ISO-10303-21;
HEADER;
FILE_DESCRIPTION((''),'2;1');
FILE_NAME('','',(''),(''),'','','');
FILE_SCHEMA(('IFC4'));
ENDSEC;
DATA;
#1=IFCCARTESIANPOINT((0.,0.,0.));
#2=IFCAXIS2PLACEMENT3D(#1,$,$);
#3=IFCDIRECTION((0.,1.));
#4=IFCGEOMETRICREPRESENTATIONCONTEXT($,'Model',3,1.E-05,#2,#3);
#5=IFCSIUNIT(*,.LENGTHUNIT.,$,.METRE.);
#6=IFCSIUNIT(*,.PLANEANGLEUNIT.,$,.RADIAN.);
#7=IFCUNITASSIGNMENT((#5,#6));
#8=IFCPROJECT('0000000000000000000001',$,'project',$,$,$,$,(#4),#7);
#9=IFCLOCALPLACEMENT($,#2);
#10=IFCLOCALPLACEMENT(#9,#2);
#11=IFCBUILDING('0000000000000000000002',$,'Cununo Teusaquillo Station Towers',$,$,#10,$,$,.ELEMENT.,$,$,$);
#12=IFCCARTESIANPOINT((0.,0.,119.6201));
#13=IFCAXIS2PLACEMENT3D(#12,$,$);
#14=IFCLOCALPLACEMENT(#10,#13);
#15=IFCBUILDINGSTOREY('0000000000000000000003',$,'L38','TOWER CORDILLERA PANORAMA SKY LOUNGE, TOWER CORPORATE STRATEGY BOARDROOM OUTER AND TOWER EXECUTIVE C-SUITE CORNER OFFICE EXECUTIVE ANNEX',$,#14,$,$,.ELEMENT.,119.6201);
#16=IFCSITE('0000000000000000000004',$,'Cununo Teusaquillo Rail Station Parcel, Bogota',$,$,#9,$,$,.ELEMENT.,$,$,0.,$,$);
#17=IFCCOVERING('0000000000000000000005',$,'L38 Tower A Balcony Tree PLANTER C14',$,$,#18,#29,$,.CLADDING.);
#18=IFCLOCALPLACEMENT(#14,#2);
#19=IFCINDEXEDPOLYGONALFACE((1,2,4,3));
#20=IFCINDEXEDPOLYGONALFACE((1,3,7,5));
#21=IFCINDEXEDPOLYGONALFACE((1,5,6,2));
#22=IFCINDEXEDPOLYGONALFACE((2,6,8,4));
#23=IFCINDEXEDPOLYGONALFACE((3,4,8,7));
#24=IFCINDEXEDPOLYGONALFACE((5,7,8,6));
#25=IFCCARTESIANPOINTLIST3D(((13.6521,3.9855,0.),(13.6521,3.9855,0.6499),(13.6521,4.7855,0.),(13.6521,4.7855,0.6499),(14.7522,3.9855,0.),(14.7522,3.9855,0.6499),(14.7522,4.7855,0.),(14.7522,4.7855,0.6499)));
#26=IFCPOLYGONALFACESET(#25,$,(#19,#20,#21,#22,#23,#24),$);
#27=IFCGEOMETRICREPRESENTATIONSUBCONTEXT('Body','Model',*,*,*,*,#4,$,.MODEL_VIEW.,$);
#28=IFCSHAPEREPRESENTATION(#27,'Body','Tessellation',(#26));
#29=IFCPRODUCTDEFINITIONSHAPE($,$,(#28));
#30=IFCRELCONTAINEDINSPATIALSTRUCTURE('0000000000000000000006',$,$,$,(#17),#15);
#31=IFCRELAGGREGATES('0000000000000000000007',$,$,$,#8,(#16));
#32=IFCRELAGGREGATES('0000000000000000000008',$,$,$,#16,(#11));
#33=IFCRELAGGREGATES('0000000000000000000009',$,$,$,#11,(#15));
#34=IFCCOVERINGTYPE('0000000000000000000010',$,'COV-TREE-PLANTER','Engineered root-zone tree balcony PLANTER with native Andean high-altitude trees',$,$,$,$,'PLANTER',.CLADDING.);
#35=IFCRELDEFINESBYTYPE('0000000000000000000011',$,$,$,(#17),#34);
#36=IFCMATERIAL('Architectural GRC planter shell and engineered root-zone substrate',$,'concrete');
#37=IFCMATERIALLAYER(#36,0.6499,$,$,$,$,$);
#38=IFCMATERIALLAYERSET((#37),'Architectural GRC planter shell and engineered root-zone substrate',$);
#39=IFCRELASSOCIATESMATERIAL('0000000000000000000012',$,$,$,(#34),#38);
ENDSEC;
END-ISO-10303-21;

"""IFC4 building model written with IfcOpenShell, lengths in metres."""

from ifc_helpers import new_model, si_unit, direction, frame, origin, origin_2d, place, context, subcontext, project, spatial, rectangle, extrude, source, transform, mapped, material, layer, layer_set, type_object, element, save


model = new_model("IFC4")

# Units and contexts
model_context = context("Model", 3, precision=1e-05, world=origin(), true_north=direction((0.0, 1.0)))
body_context = subcontext(model_context, "Body", "Model", "MODEL_VIEW")
ifc_project = project(units=[si_unit("LENGTHUNIT", "METRE"), si_unit("PLANEANGLEUNIT", "RADIAN")], contexts=[model_context])

# Site, building, storey
site_placement = place(None, origin())
site = spatial("IfcSite", under=ifc_project, at=site_placement, Name="Cununo Teusaquillo Rail Station Parcel, Bogota", CompositionType="ELEMENT", RefElevation=0.0)
building_placement = place(site_placement, origin())
building = spatial("IfcBuilding", under=site, at=building_placement, Name="Cununo Teusaquillo Station Towers", CompositionType="ELEMENT")
storey_placement = place(building_placement, frame((0.0, 0.0, 119.6201)))
storey = spatial("IfcBuildingStorey", under=building, at=storey_placement, Name="L38", Description="TOWER CORDILLERA PANORAMA SKY LOUNGE, TOWER CORPORATE STRATEGY BOARDROOM OUTER AND TOWER EXECUTIVE C-SUITE CORNER OFFICE EXECUTIVE ANNEX", CompositionType="ELEMENT", Elevation=119.6201)

# Covering
ifc_material_1 = material(Name="Architectural GRC planter shell and engineered root-zone substrate", Category="concrete")
ifc_layer_1 = layer(ifc_material_1, 0.6499)
ifc_layer_set_1 = layer_set([ifc_layer_1], Name="Architectural GRC planter shell and engineered root-zone substrate")
covering_type = type_object("IfcCoveringType", Name="COV-TREE-PLANTER", Description="Engineered root-zone tree balcony PLANTER with native Andean high-altitude trees", ElementType="PLANTER", PredefinedType="CLADDING", material=ifc_layer_set_1)
shared_shape_1 = source(origin(), body_context, "Body", "SweptSolid", [
    extrude(rectangle(XDim=1.1001, YDim=0.8, at=origin_2d()), origin(), (0.0, 0.0, 1.0), 0.6499),
])
covering_placement = place(storey_placement, frame((14.2021, 4.3855, 0.0), z_axis=(0.0, 0.0, 1.0), x_axis=(1.0, 0.0, 0.0)))
element("IfcCovering", 1, at=covering_placement, inside=storey, type_object=covering_type, Name="L38 Tower A Balcony Tree PLANTER C14", PredefinedType="CLADDING", context=body_context, shape_type="MappedRepresentation", body=[
    mapped(shared_shape_1, transform((0.0, 0.0, 0.0), x_axis=(1.0, 0.0, 0.0), y_axis=(0.0, 1.0, 0.0), z_axis=(0.0, 0.0, 1.0), scale=1.0)),
])

save(model, "model.ifc")
